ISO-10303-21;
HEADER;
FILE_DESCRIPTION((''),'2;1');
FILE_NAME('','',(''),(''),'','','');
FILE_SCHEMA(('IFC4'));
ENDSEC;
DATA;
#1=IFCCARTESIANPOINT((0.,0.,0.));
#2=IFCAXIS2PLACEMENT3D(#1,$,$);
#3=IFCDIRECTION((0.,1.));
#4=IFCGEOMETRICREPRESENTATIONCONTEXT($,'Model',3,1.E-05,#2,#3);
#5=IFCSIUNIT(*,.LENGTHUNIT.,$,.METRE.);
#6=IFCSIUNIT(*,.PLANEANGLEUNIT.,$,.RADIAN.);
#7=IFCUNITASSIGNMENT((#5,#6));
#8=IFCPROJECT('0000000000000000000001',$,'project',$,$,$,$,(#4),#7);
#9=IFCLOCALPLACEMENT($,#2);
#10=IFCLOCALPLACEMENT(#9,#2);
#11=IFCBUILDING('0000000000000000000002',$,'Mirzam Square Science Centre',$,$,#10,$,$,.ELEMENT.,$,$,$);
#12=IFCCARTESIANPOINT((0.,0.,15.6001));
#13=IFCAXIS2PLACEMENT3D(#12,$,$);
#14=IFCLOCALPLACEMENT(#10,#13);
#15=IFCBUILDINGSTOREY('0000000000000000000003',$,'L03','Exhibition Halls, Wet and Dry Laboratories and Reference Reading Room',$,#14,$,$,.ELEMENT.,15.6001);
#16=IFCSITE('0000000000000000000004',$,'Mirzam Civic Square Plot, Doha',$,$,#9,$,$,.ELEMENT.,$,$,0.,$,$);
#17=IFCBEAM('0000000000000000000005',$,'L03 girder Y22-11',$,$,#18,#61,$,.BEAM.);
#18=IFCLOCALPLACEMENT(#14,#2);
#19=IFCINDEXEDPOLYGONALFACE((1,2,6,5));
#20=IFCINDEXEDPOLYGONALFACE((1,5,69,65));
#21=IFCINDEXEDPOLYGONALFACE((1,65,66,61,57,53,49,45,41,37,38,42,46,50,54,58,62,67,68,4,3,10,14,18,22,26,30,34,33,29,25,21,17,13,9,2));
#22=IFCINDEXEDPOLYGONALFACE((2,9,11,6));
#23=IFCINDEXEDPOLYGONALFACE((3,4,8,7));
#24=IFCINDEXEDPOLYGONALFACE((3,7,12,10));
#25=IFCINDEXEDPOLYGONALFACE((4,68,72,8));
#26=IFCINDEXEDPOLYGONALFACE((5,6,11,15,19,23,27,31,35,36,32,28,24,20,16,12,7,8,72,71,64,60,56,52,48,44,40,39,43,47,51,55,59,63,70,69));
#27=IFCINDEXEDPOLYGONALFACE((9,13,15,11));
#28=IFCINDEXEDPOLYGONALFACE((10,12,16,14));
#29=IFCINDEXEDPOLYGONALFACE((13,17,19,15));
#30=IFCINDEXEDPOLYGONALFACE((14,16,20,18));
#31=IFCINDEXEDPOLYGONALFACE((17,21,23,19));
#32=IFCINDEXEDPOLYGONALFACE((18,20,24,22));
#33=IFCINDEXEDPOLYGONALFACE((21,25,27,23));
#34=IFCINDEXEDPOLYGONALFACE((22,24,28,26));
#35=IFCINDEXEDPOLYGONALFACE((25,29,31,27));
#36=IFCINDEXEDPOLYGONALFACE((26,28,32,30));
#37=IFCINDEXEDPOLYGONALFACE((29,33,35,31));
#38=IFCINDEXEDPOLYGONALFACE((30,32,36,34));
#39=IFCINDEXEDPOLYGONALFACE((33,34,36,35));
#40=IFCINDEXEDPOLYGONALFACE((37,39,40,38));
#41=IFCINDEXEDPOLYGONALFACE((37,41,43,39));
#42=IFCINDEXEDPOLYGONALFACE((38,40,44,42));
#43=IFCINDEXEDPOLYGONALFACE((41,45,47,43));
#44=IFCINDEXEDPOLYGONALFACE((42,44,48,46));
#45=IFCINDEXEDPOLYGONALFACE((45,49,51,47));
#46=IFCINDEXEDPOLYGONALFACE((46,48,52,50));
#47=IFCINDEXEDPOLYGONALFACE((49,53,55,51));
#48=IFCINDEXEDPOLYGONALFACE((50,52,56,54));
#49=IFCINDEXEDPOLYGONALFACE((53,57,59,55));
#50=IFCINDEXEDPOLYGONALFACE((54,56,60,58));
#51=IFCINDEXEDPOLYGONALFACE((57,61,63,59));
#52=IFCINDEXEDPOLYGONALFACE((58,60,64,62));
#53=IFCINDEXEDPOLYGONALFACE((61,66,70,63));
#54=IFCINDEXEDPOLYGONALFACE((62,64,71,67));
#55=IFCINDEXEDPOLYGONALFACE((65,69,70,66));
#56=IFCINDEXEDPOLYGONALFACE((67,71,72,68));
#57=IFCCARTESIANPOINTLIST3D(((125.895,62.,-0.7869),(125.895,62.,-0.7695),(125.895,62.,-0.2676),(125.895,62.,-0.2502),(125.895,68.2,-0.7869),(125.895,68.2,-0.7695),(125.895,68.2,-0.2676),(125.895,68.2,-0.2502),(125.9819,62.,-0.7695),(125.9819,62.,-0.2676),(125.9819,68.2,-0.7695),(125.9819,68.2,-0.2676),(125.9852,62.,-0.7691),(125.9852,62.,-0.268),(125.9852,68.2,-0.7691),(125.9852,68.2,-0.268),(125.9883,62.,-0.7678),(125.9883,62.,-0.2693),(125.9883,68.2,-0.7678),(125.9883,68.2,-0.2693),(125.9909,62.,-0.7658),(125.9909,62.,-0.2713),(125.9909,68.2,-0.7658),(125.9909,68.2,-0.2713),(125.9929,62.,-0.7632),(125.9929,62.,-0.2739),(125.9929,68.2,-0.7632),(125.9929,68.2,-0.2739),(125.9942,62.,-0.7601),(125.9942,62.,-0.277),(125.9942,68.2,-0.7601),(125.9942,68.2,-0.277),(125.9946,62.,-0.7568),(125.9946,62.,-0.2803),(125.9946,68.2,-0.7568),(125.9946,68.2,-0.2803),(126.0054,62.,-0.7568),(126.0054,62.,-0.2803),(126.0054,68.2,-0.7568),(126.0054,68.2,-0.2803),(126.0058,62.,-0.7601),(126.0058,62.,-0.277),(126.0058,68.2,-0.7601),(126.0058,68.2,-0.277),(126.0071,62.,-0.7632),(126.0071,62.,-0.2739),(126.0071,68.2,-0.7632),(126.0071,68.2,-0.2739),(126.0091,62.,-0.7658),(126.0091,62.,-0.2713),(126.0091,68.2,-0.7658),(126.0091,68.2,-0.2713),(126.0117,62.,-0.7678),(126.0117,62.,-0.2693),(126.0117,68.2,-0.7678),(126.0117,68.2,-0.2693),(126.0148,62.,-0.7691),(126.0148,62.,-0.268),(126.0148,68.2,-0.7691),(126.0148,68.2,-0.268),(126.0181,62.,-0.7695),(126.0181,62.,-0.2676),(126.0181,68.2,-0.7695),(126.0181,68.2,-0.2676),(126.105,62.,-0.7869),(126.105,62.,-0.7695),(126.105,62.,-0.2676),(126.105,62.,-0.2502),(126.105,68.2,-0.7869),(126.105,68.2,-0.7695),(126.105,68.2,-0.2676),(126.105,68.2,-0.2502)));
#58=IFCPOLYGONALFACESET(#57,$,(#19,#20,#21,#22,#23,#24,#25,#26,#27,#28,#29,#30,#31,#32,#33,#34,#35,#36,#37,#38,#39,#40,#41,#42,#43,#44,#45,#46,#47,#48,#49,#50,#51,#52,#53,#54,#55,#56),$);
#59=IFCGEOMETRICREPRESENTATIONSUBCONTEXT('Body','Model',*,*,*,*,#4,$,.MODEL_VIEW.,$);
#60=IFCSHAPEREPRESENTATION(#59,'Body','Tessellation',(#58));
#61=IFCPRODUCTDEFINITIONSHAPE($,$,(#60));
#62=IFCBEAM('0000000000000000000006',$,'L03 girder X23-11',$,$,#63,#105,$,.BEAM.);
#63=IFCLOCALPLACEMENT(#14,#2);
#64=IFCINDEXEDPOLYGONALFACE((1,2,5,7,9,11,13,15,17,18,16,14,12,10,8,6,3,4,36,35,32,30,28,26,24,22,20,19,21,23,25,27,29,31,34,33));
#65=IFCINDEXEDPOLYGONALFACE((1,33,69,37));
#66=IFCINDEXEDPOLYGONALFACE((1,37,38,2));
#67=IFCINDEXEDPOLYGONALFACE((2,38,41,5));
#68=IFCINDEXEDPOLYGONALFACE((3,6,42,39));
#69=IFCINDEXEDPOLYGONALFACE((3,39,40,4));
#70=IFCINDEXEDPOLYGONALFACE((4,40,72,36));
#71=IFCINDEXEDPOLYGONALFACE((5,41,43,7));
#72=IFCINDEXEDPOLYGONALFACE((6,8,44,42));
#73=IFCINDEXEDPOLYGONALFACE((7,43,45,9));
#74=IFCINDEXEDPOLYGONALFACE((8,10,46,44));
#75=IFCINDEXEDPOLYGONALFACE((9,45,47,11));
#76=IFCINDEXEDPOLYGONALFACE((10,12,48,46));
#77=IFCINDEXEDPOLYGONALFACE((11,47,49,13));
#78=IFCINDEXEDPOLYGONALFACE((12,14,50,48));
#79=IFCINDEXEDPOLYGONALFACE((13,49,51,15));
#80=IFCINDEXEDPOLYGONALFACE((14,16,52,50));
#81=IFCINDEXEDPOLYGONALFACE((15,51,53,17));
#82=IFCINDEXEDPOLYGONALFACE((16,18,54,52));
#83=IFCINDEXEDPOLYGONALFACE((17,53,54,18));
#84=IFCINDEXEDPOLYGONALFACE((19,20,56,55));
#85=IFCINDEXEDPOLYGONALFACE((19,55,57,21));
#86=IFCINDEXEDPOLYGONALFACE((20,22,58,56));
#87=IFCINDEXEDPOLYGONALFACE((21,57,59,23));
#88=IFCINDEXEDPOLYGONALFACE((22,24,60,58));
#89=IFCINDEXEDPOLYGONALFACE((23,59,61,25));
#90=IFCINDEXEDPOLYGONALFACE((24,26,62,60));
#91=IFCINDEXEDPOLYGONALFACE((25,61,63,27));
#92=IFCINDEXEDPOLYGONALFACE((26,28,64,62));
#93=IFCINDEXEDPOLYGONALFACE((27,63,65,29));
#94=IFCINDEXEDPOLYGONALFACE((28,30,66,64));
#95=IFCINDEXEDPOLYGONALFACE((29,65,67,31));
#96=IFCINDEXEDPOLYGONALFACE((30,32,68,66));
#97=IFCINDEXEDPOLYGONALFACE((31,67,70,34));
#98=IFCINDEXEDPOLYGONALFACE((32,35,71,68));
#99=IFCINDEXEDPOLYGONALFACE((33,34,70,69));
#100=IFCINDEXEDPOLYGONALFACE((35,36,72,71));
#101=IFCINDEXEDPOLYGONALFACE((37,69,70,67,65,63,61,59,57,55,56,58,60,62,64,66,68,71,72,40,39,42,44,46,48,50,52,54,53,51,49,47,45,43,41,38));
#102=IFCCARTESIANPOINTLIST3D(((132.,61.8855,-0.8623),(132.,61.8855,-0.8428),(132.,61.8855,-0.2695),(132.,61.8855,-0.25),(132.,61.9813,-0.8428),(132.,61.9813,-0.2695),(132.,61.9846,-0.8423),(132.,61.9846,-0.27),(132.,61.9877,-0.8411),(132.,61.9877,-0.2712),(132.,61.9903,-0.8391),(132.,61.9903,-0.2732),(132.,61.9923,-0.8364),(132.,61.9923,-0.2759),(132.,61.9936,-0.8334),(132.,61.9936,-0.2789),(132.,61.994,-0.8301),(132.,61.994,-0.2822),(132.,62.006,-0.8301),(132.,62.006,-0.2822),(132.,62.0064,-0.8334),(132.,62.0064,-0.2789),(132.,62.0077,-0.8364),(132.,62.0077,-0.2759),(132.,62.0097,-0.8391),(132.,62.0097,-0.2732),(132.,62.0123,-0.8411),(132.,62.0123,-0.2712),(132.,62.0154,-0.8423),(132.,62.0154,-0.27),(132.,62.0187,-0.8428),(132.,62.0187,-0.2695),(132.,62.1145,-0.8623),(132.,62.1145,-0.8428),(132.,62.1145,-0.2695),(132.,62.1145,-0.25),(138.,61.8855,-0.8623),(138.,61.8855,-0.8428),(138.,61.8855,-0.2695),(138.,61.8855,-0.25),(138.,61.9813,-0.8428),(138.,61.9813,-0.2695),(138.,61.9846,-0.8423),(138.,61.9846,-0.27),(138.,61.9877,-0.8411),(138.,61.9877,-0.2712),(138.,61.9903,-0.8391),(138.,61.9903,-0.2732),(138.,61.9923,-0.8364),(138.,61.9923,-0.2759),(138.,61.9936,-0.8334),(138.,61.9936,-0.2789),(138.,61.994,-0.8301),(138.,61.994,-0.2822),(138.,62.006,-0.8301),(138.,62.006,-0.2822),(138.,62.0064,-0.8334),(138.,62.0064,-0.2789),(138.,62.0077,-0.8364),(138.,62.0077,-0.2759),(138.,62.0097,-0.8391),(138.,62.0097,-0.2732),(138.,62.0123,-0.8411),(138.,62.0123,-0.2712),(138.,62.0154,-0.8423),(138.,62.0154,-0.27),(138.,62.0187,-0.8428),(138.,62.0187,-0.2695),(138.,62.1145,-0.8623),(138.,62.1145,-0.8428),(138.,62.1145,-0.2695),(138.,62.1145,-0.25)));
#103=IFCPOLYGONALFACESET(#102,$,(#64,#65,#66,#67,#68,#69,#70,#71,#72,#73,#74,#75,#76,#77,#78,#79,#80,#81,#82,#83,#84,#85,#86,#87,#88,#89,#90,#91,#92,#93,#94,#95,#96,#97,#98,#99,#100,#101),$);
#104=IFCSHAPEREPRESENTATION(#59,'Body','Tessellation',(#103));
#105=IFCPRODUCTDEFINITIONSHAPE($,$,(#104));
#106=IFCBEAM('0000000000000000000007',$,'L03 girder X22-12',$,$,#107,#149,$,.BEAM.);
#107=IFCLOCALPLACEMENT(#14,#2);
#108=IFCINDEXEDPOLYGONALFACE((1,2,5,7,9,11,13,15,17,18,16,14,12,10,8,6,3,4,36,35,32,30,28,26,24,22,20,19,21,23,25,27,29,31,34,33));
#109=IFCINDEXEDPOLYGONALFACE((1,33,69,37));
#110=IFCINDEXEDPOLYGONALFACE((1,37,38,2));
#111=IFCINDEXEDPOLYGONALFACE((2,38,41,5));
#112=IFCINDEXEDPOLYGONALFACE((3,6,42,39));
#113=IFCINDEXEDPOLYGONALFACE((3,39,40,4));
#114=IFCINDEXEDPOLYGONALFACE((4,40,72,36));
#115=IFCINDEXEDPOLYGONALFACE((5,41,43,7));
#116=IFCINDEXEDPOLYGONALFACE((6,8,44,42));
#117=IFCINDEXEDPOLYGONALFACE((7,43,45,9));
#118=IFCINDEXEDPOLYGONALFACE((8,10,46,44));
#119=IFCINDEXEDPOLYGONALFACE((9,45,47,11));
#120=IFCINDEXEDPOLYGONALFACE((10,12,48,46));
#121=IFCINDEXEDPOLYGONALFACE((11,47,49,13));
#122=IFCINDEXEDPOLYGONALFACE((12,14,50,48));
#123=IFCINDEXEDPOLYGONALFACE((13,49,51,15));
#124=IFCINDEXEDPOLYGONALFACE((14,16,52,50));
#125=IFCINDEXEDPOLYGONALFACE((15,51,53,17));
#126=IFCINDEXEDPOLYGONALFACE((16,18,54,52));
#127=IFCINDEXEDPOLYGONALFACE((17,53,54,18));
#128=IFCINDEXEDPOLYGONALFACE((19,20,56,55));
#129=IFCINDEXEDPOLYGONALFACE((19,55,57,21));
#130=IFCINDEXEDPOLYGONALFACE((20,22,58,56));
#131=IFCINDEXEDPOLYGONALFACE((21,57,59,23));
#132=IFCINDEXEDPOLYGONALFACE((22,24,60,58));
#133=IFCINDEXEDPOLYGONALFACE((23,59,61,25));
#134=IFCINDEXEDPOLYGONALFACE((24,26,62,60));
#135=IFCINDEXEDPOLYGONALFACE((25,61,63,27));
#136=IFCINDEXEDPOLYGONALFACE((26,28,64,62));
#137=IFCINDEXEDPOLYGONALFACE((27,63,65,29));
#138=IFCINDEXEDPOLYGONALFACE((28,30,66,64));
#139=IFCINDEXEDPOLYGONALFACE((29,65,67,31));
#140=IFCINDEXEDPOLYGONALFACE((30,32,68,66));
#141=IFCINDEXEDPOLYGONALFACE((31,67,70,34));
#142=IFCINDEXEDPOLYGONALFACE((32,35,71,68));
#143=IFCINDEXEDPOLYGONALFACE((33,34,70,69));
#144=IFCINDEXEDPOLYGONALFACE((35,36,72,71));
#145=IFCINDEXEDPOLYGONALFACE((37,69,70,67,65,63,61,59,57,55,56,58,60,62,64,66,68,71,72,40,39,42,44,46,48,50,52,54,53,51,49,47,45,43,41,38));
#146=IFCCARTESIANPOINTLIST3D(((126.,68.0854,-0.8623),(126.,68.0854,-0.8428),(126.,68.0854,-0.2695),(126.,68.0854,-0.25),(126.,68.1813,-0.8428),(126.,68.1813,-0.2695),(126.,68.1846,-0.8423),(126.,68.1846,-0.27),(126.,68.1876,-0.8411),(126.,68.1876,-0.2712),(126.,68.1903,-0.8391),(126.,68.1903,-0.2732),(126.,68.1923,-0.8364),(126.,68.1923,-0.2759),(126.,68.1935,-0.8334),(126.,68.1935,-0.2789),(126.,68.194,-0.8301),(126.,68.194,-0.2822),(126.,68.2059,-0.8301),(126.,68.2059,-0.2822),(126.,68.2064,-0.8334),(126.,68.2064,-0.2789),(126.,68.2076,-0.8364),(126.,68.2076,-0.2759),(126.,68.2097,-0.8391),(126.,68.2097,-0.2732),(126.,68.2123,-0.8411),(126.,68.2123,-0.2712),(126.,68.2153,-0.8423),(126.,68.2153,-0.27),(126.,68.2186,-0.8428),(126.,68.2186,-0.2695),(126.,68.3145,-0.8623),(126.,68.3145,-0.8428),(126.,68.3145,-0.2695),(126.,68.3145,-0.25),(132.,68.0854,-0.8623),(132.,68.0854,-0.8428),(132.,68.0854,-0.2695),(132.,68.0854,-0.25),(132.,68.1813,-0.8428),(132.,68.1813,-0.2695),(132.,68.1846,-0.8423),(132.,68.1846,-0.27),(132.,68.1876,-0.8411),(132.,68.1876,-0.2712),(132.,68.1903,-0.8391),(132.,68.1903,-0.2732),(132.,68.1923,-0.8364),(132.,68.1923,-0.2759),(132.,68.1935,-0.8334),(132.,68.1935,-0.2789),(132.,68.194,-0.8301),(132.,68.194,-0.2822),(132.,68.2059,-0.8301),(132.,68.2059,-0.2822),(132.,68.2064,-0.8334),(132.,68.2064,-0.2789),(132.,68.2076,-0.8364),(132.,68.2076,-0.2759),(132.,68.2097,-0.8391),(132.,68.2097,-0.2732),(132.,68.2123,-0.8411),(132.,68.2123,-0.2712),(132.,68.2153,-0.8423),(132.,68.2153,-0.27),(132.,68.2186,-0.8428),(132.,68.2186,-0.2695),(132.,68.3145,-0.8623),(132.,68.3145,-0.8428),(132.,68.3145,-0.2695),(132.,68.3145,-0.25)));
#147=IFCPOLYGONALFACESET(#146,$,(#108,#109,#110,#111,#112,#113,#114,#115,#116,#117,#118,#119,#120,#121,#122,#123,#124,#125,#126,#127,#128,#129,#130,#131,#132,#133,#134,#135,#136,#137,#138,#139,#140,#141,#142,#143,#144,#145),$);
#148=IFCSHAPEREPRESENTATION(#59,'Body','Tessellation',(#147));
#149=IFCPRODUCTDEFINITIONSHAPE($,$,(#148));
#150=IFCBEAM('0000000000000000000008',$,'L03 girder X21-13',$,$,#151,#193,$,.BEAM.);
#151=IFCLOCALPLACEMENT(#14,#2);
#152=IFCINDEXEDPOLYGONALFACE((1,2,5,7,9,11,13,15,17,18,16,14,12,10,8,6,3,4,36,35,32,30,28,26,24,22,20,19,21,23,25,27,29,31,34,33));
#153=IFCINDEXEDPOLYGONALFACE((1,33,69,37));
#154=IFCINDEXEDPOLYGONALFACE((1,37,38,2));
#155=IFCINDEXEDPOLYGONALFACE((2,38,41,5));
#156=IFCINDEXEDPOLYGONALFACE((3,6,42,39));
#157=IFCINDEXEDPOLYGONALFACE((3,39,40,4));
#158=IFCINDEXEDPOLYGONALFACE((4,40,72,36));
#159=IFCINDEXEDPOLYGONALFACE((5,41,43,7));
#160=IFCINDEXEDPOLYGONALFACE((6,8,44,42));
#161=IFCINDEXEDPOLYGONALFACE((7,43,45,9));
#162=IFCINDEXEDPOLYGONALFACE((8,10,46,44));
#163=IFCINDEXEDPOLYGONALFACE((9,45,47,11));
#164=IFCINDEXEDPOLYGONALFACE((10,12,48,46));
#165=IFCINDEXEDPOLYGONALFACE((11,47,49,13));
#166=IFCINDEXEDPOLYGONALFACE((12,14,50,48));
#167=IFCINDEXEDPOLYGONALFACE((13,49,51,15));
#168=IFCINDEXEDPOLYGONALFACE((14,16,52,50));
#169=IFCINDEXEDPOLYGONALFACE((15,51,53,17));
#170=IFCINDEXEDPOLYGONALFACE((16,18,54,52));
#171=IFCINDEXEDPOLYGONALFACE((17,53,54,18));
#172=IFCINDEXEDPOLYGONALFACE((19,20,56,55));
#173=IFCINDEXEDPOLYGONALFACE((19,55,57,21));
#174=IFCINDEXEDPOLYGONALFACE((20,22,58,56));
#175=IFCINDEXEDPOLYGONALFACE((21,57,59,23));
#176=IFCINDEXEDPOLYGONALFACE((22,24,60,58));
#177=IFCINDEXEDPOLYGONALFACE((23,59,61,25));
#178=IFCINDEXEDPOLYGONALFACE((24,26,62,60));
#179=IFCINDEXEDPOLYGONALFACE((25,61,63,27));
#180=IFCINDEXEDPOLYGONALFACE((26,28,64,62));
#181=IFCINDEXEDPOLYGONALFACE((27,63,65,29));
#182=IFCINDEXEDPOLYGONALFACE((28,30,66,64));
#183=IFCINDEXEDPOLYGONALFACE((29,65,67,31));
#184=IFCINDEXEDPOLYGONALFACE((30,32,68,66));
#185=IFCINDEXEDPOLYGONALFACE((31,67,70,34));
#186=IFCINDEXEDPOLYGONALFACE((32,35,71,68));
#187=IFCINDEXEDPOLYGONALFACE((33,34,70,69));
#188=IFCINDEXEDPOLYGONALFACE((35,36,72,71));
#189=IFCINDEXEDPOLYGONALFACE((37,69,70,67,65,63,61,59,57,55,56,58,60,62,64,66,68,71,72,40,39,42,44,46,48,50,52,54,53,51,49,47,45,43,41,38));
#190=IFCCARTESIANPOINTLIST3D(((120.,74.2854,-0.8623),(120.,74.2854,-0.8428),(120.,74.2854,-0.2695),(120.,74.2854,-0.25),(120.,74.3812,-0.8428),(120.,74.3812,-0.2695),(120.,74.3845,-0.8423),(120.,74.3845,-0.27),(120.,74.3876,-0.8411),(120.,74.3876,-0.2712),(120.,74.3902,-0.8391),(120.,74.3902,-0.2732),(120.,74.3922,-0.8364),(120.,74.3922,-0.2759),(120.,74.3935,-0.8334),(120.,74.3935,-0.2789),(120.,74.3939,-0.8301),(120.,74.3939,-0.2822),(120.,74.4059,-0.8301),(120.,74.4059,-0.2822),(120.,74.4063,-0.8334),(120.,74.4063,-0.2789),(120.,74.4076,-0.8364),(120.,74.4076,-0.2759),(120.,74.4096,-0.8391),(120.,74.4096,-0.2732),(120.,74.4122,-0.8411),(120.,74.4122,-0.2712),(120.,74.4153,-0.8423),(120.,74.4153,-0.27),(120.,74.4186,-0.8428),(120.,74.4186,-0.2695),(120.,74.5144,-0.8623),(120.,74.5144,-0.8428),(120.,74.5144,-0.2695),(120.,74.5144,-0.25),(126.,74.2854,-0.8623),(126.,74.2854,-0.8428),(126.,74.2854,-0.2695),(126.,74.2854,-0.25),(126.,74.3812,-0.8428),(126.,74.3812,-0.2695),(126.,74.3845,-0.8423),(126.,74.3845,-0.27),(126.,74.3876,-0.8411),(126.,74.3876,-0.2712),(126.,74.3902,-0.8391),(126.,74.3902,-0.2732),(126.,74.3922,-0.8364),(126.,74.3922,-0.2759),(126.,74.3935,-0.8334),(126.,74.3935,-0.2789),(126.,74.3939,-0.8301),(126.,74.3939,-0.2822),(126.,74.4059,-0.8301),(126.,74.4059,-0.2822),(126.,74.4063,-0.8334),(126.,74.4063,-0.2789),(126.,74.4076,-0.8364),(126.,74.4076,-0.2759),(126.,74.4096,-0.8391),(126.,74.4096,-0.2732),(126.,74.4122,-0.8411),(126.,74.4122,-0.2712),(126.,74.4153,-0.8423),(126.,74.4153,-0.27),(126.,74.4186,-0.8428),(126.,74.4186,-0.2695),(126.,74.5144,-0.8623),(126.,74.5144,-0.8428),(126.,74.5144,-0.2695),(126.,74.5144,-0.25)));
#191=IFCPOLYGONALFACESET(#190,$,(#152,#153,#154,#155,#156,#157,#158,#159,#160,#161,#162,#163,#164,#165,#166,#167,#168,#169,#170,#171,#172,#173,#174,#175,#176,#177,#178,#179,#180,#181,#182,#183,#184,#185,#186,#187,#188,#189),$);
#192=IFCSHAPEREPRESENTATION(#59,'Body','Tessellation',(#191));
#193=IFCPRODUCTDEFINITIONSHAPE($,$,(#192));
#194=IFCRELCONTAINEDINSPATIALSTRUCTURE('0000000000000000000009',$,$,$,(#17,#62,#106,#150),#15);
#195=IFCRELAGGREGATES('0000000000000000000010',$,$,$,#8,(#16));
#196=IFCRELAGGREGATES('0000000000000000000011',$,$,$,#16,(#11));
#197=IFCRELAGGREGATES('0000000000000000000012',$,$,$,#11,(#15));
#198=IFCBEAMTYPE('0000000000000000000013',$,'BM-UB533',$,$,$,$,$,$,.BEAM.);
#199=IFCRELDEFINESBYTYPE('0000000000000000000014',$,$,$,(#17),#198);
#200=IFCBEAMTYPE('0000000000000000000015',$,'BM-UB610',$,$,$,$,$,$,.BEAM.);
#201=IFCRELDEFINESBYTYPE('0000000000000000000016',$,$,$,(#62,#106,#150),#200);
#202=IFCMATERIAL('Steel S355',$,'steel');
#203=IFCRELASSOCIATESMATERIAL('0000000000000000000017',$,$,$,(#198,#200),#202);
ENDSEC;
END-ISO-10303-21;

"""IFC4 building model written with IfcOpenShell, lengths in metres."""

from ifc_helpers import new_model, si_unit, direction, frame, origin, origin_2d, place, context, subcontext, project, spatial, i_section, extrude, material, material_profile, profile_set, type_object, element, save


model = new_model("IFC4")

# Units and contexts
model_context = context("Model", 3, precision=1e-05, world=origin(), true_north=direction((0.0, 1.0)))
body_context = subcontext(model_context, "Body", "Model", "MODEL_VIEW")
ifc_project = project(units=[si_unit("LENGTHUNIT", "METRE"), si_unit("PLANEANGLEUNIT", "RADIAN")], contexts=[model_context])

# Site, building, storey
site_placement = place(None, origin())
site = spatial("IfcSite", under=ifc_project, at=site_placement, Name="Mirzam Civic Square Plot, Doha", CompositionType="ELEMENT", RefElevation=0.0)
building_placement = place(site_placement, origin())
building = spatial("IfcBuilding", under=site, at=building_placement, Name="Mirzam Square Science Centre", CompositionType="ELEMENT")
storey_placement = place(building_placement, frame((0.0, 0.0, 15.6001)))
storey = spatial("IfcBuildingStorey", under=building, at=storey_placement, Name="L03", Description="Exhibition Halls, Wet and Dry Laboratories and Reference Reading Room", CompositionType="ELEMENT", Elevation=15.6001)

# Shared definitions
ifc_material_1 = material(Name="Steel S355", Category="steel")

# Beams
ifc_material_profile_1 = material_profile(ifc_material_1, i_section(OverallWidth=0.21, OverallDepth=0.5366, WebThickness=0.0107, FlangeThickness=0.0173, FilletRadius=0.0127, at=origin_2d()), Name="533x210x101UB")
ifc_profile_set_1 = profile_set([ifc_material_profile_1], Name="Steel S355")
beam_type_1 = type_object("IfcBeamType", Name="BM-UB533", PredefinedType="BEAM", material=ifc_profile_set_1)
for number, where, z_axis, x_axis, name in (
    (1, (126.0, 62.0, -0.5186), (0.0, 1.0, 0.0), (-1.0, 0.0, 0.0), "L03 girder Y22-11"),
):
    element("IfcBeam", number, at=place(storey_placement, frame(where, z_axis=z_axis, x_axis=x_axis)), inside=storey, type_object=beam_type_1, Name=name, PredefinedType="BEAM", context=body_context, shape_type="SweptSolid", body=[
        extrude(i_section(OverallWidth=0.21, OverallDepth=0.5366, WebThickness=0.0107, FlangeThickness=0.0173, FilletRadius=0.0127, at=origin_2d()), origin(), (0.0, 0.0, 1.0), 6.2),
    ])
ifc_material_profile_2 = material_profile(ifc_material_1, i_section(OverallWidth=0.229, OverallDepth=0.6123, WebThickness=0.012, FlangeThickness=0.0195, FilletRadius=0.0127, at=origin_2d()), Name="610x229x125UB")
ifc_profile_set_2 = profile_set([ifc_material_profile_2], Name="Steel S355")
beam_type_2 = type_object("IfcBeamType", Name="BM-UB610", PredefinedType="BEAM", material=ifc_profile_set_2)
for number, where, z_axis, x_axis, name in (
    (2, (132.0, 62.0, -0.5562), (1.0, 0.0, 0.0), (0.0, 1.0, 0.0), "L03 girder X23-11"),
    (3, (126.0, 68.2, -0.5562), (1.0, 0.0, 0.0), (0.0, 1.0, 0.0), "L03 girder X22-12"),
    (4, (120.0, 74.3999, -0.5562), (1.0, 0.0, 0.0), (0.0, 1.0, 0.0), "L03 girder X21-13"),
):
    element("IfcBeam", number, at=place(storey_placement, frame(where, z_axis=z_axis, x_axis=x_axis)), inside=storey, type_object=beam_type_2, Name=name, PredefinedType="BEAM", context=body_context, shape_type="SweptSolid", body=[
        extrude(i_section(OverallWidth=0.229, OverallDepth=0.6123, WebThickness=0.012, FlangeThickness=0.0195, FilletRadius=0.0127, at=origin_2d()), origin(), (0.0, 0.0, 1.0), 6.0),
    ])

save(model, "model.ifc")
